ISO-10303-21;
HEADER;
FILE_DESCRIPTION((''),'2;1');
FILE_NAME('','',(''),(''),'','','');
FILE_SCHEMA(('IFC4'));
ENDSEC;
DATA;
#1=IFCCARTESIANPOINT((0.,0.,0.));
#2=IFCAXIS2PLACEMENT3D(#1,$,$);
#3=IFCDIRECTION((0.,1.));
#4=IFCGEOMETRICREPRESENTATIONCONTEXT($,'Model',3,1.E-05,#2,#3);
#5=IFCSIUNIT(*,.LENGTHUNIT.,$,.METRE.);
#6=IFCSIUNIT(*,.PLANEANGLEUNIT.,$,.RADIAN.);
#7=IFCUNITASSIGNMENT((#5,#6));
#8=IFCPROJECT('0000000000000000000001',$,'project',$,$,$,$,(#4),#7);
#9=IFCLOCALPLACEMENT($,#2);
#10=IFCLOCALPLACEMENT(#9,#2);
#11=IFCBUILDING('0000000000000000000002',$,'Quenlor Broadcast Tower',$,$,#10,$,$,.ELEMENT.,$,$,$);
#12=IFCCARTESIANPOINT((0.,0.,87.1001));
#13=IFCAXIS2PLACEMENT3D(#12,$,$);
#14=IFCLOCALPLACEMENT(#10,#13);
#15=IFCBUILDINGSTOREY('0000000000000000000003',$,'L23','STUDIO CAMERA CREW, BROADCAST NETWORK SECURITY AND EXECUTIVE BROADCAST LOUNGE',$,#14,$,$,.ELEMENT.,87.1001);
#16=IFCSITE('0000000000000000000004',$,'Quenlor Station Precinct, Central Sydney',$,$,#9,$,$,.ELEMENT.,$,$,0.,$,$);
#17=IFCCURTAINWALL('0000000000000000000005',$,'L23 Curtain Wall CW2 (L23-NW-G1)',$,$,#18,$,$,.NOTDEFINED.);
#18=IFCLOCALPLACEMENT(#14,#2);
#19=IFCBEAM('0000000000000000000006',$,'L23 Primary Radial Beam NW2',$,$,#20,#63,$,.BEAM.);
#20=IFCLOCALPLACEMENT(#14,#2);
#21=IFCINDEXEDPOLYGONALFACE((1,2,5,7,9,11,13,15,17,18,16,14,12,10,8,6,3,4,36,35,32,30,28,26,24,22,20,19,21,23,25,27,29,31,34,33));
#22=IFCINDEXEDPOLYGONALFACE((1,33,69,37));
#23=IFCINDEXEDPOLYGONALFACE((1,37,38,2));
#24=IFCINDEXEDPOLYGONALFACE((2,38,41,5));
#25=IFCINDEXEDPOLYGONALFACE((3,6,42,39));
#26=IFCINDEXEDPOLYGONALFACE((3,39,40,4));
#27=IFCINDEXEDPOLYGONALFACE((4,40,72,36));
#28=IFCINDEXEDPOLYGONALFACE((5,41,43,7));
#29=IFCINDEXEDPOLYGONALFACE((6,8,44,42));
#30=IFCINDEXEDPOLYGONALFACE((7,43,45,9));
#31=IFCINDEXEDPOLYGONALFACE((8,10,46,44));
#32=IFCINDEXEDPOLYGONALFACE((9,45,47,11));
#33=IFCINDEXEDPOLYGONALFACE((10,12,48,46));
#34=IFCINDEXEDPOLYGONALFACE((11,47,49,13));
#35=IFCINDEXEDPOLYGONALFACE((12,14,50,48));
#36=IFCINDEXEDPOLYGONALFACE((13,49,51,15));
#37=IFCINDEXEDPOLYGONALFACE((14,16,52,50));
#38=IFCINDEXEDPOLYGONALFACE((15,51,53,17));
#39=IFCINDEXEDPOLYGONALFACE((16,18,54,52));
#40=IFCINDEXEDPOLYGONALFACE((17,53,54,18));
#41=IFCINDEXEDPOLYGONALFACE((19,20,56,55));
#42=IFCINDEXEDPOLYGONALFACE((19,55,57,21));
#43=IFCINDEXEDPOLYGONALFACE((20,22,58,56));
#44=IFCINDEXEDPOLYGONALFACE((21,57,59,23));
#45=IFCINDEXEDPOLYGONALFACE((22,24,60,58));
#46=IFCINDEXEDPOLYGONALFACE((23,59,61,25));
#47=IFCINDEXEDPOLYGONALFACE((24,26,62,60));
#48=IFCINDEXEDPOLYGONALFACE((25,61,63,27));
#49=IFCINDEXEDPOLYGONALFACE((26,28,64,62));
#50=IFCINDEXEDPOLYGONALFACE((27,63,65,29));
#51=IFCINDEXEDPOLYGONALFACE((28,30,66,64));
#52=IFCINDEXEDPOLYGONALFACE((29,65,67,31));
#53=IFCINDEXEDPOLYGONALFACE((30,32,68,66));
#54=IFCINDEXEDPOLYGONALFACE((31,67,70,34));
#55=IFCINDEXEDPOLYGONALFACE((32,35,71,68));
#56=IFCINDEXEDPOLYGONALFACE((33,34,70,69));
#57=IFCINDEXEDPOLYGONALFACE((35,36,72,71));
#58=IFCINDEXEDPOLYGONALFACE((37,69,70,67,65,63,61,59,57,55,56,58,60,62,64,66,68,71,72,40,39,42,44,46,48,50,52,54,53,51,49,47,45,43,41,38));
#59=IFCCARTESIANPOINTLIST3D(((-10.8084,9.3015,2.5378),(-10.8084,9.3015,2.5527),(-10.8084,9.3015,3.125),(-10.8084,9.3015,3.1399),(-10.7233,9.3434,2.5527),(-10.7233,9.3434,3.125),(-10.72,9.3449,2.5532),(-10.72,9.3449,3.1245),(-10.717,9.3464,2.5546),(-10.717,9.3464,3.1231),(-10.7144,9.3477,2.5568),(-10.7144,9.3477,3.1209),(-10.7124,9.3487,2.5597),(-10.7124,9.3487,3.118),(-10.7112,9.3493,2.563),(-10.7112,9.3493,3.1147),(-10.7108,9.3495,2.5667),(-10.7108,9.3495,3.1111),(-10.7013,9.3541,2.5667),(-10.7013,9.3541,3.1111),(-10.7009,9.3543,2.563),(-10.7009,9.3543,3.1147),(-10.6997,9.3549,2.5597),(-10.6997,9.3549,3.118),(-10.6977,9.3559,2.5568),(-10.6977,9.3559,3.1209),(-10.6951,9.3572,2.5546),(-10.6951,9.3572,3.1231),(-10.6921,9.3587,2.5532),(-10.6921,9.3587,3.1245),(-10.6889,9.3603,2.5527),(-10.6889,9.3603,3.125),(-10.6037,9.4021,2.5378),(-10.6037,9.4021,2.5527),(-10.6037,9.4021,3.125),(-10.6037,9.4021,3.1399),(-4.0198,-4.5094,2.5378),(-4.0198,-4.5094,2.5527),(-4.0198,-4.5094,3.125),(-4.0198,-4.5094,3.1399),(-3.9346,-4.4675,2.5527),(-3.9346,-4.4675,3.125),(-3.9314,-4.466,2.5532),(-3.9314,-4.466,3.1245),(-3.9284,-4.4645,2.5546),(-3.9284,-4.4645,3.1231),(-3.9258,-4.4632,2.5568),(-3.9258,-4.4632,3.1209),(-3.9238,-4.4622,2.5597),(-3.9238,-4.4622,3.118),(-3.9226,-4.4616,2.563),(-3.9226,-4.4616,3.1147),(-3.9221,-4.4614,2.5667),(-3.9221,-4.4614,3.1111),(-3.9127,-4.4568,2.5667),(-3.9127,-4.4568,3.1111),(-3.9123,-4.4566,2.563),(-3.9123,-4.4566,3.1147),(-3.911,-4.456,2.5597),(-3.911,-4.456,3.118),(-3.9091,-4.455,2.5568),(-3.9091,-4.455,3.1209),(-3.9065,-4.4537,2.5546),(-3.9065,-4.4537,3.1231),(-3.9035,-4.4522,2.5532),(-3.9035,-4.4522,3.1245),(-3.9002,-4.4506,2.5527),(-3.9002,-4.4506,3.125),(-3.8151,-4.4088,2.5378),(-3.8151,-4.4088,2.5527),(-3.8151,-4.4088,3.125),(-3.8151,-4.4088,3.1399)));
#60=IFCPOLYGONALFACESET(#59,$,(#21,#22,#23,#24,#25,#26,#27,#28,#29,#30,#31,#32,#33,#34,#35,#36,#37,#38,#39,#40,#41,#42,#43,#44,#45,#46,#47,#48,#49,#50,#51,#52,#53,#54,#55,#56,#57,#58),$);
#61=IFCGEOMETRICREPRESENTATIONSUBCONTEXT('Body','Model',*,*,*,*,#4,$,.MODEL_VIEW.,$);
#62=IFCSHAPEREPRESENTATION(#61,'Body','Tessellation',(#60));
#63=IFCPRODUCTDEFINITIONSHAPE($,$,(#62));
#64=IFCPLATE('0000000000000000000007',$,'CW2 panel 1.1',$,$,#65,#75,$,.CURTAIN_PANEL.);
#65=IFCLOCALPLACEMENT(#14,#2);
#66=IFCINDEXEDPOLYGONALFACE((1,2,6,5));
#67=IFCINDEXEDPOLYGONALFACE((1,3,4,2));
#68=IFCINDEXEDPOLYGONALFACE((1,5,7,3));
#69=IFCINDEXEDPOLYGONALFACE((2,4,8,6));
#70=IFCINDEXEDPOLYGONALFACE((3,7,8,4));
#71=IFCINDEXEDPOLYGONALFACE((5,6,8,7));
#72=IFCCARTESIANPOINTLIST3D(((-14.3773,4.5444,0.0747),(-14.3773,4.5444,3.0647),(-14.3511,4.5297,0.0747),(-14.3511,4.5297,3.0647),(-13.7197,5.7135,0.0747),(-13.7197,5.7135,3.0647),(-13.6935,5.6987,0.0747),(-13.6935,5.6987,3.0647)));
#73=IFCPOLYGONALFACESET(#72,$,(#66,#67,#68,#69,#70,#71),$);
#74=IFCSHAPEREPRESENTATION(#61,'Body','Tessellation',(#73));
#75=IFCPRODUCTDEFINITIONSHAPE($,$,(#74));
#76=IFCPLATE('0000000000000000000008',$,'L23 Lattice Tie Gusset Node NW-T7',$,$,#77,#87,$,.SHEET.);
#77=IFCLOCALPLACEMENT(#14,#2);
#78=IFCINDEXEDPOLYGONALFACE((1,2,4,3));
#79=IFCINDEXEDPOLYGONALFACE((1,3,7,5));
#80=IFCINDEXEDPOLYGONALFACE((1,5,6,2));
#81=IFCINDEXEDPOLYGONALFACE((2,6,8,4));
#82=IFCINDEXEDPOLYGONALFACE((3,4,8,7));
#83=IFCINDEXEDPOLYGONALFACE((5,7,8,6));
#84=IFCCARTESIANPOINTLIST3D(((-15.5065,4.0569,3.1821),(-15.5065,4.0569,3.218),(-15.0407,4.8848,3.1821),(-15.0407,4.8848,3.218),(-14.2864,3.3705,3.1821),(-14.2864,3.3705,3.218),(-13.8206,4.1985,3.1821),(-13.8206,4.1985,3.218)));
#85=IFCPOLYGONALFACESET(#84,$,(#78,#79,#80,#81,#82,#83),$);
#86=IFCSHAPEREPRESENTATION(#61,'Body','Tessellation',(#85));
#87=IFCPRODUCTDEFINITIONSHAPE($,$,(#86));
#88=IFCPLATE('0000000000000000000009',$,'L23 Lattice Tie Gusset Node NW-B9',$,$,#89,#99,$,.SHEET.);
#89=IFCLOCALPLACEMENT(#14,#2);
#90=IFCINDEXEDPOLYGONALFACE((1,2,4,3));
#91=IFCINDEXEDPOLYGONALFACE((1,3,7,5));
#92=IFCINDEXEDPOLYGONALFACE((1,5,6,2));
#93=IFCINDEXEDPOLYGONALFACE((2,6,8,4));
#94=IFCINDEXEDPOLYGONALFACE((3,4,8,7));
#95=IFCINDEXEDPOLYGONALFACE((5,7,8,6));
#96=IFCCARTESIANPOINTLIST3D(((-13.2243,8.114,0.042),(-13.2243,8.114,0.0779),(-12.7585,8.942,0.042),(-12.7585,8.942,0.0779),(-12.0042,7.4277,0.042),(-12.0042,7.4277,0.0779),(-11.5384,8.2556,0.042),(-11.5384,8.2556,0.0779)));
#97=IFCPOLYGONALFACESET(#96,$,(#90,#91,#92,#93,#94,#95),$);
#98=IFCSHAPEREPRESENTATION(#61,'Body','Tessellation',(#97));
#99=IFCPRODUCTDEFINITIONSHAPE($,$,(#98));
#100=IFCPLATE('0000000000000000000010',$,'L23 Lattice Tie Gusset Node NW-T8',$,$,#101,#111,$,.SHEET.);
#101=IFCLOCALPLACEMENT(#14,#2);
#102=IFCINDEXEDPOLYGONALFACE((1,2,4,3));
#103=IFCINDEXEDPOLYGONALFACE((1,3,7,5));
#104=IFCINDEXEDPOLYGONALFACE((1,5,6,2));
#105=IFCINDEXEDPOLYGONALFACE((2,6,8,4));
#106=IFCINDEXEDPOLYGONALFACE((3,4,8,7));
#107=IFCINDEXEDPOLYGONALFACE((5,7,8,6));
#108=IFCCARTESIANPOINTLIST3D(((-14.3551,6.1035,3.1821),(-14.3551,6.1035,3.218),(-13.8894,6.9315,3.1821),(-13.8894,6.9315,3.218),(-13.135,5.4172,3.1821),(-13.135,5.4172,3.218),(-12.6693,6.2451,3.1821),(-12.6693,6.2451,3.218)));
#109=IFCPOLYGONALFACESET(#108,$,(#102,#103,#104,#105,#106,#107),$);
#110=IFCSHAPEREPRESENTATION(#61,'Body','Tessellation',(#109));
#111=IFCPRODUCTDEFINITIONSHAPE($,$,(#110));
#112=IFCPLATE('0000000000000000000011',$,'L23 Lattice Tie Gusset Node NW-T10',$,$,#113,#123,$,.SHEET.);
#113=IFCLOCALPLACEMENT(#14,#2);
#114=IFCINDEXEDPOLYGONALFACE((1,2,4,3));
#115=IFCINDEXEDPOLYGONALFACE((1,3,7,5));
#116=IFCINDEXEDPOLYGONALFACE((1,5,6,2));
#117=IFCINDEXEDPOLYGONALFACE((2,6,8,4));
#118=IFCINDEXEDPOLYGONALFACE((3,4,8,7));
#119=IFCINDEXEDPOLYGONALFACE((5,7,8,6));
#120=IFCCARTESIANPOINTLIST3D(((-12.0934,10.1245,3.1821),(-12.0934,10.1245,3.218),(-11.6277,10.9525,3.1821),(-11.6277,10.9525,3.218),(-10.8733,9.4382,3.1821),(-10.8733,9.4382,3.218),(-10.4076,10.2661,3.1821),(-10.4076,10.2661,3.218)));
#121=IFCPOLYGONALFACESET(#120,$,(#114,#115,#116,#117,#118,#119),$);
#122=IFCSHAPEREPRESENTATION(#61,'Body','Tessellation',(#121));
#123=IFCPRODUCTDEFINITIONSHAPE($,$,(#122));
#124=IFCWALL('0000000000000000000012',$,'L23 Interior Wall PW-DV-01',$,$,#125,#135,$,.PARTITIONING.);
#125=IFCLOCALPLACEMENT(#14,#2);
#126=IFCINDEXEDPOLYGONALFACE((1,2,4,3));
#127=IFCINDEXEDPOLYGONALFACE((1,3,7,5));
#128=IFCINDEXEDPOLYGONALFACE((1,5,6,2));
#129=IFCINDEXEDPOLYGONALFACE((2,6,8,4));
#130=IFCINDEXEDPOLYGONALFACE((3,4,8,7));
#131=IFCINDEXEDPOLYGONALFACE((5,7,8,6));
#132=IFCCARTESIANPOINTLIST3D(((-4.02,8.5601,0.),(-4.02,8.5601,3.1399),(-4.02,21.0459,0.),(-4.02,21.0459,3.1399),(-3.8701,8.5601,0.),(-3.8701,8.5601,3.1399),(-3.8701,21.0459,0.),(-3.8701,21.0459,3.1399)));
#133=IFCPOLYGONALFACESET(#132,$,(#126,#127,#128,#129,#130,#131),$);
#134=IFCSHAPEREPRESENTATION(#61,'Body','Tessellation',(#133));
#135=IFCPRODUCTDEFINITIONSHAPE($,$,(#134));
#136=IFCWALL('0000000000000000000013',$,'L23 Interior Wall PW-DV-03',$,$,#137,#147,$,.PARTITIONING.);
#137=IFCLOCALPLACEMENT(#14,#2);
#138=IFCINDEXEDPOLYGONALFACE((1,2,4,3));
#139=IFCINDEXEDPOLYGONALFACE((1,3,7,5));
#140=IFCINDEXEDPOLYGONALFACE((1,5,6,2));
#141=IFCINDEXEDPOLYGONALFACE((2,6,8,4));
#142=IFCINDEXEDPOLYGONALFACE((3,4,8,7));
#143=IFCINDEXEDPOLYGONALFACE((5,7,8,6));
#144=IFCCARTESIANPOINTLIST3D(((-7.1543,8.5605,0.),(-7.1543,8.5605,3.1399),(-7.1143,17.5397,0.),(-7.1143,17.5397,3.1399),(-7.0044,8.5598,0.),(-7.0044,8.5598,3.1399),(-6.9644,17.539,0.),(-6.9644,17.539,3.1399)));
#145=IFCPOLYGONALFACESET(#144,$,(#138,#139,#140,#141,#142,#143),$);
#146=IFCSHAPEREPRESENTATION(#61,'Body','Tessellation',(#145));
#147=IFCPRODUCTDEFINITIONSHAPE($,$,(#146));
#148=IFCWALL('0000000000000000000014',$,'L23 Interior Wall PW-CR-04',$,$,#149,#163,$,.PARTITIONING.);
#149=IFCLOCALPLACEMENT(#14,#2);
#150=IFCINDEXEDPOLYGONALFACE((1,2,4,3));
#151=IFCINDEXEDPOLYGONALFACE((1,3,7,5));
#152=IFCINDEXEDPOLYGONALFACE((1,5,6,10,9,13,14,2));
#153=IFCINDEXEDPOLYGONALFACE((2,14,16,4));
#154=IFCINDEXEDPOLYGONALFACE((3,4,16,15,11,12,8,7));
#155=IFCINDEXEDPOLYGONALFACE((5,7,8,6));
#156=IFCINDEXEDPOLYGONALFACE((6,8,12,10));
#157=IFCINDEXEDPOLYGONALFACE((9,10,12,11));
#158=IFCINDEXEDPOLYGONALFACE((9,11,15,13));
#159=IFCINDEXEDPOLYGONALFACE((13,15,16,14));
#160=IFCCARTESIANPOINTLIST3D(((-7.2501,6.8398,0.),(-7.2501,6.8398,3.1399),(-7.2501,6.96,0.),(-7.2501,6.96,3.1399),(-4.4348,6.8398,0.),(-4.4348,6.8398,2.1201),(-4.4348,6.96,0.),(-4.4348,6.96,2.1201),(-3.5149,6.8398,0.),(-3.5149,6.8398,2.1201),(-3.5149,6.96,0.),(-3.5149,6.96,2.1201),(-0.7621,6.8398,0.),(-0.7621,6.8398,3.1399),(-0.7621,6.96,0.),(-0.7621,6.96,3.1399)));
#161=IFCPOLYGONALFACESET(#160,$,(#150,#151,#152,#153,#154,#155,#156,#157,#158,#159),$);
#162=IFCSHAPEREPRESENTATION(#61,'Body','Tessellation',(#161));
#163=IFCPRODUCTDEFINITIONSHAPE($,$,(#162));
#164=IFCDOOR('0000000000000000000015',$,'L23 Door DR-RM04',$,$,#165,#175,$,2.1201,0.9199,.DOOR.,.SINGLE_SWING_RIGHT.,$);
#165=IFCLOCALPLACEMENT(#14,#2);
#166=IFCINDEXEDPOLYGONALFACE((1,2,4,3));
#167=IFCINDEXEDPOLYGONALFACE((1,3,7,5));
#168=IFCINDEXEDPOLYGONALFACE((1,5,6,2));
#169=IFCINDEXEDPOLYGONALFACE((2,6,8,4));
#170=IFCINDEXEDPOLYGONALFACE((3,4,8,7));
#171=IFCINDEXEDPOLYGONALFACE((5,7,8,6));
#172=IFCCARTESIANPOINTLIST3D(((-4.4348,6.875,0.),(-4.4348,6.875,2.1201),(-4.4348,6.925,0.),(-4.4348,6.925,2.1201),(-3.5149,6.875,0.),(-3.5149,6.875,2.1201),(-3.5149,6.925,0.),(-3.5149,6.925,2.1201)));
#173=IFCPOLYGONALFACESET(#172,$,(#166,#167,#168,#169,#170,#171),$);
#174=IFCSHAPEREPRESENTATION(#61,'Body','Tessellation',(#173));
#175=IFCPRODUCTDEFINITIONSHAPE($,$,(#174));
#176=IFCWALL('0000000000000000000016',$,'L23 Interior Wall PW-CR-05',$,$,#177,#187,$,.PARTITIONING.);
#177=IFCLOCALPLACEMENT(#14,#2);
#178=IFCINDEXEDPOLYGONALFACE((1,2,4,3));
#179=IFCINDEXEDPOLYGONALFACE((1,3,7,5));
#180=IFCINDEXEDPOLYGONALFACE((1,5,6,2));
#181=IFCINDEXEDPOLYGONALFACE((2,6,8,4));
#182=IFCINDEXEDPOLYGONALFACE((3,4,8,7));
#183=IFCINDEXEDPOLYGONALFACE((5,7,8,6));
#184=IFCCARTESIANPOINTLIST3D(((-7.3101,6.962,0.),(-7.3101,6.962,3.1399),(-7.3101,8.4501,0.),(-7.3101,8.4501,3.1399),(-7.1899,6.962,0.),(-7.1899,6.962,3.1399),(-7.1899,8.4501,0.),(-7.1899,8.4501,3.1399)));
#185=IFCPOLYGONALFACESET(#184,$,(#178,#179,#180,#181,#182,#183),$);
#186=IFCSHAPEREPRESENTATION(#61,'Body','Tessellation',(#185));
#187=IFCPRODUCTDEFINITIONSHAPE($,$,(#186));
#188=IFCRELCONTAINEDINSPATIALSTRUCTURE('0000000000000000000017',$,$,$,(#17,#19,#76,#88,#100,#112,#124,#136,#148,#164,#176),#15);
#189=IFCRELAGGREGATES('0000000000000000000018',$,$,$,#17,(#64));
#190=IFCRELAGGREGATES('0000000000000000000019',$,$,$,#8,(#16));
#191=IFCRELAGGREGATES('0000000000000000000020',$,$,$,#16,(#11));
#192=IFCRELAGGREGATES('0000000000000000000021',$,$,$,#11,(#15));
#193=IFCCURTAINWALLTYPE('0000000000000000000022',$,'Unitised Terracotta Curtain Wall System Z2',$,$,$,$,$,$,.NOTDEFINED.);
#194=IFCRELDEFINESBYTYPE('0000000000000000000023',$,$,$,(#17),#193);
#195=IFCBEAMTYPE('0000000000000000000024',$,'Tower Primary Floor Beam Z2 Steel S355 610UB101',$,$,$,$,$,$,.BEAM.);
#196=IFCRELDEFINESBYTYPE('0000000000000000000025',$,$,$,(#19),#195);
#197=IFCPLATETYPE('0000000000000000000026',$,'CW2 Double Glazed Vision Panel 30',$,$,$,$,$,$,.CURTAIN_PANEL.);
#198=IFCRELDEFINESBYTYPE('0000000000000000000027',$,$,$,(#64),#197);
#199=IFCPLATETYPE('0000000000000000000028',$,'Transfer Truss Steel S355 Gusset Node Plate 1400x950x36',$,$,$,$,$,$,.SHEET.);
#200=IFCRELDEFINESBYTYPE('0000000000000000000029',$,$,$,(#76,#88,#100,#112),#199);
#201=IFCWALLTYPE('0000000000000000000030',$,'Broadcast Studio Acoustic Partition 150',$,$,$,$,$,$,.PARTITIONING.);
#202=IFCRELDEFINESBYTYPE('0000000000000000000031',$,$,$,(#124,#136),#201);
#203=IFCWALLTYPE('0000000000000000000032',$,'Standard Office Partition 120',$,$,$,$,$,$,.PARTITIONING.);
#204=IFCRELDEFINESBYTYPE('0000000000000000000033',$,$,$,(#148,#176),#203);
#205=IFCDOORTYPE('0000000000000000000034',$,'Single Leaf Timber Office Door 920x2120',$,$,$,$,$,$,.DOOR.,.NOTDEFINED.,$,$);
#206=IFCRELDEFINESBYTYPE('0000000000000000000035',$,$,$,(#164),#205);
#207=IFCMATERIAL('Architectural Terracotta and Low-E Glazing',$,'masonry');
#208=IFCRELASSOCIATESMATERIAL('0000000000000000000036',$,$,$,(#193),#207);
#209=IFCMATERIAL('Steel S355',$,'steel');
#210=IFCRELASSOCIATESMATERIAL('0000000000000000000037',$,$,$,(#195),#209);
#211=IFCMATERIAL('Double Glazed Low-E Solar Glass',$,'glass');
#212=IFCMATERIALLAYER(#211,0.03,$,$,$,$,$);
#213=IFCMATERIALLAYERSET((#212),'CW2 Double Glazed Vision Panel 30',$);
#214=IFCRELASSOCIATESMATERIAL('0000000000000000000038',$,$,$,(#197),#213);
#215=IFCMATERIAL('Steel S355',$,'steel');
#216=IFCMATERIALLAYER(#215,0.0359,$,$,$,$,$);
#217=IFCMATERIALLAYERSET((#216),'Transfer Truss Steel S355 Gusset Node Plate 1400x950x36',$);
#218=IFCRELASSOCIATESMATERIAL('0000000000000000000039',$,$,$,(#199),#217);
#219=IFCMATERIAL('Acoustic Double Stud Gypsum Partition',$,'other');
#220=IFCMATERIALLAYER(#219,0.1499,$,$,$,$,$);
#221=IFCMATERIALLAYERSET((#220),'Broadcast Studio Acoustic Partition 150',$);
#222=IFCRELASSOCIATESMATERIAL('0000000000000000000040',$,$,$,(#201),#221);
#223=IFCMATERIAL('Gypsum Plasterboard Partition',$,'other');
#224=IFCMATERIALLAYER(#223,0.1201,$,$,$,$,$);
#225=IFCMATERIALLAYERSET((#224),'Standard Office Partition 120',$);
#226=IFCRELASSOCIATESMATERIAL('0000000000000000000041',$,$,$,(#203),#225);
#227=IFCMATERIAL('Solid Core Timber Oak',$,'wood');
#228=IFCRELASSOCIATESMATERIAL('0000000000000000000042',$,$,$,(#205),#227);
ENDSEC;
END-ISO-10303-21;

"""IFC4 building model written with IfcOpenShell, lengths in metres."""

from ifc_helpers import new_model, si_unit, direction, frame, frame_2d, origin, origin_2d, place, context, subcontext, project, spatial, rectangle, i_section, extrude, material, layer, layer_set, material_profile, profile_set, type_object, element, fill, aggregate, save


model = new_model("IFC4")

# Units and contexts
model_context = context("Model", 3, precision=1e-05, world=origin(), true_north=direction((0.0, 1.0)))
body_context = subcontext(model_context, "Body", "Model", "MODEL_VIEW")
ifc_project = project(units=[si_unit("LENGTHUNIT", "METRE"), si_unit("PLANEANGLEUNIT", "RADIAN")], contexts=[model_context])

# Site, building, storey
site_placement = place(None, origin())
site = spatial("IfcSite", under=ifc_project, at=site_placement, Name="Quenlor Station Precinct, Central Sydney", CompositionType="ELEMENT", RefElevation=0.0)
building_placement = place(site_placement, origin())
building = spatial("IfcBuilding", under=site, at=building_placement, Name="Quenlor Broadcast Tower", CompositionType="ELEMENT")
storey_placement = place(building_placement, frame((0.0, 0.0, 87.1001)))
storey = spatial("IfcBuildingStorey", under=building, at=storey_placement, Name="L23", Description="STUDIO CAMERA CREW, BROADCAST NETWORK SECURITY AND EXECUTIVE BROADCAST LOUNGE", CompositionType="ELEMENT", Elevation=87.1001)

# Shared definitions
ifc_material_1 = material(Name="Architectural Terracotta and Low-E Glazing", Category="masonry")
curtain_wall_type = type_object("IfcCurtainWallType", Name="Unitised Terracotta Curtain Wall System Z2", PredefinedType="NOTDEFINED", material=ifc_material_1)

# Curtain wall
curtain_wall_1_placement = place(storey_placement, origin())
curtain_wall_1 = element("IfcCurtainWall", 1, at=curtain_wall_1_placement, inside=storey, type_object=curtain_wall_type, Name="L23 Curtain Wall CW2 (L23-NW-G1)", PredefinedType="NOTDEFINED")

# Beam
ifc_material_2 = material(Name="Steel S355", Category="steel")
ifc_material_profile_1 = material_profile(ifc_material_2, i_section(OverallWidth=0.228, OverallDepth=0.6021, WebThickness=0.0105, FlangeThickness=0.0149, FilletRadius=0.0139, at=origin_2d()))
ifc_profile_set_1 = profile_set([ifc_material_profile_1], Name="Steel S355 610UB101")
beam_type_1 = type_object("IfcBeamType", Name="Tower Primary Floor Beam Z2 Steel S355 610UB101", PredefinedType="BEAM", material=ifc_profile_set_1)
beam_1_placement = place(storey_placement, frame((-10.7061, 9.3518, 2.8389), z_axis=(0.44113, -0.897443, 0.0), x_axis=(0.897443, 0.44113, 0.0)))
element("IfcBeam", 2, at=beam_1_placement, inside=storey, type_object=beam_type_1, Name="L23 Primary Radial Beam NW2", PredefinedType="BEAM", context=body_context, shape_type="SweptSolid", body=[
    extrude(i_section(OverallWidth=0.228, OverallDepth=0.6021, WebThickness=0.0105, FlangeThickness=0.0149, FilletRadius=0.0139, at=origin_2d()), origin(), (0.0, 0.0, 1.0), 15.3892),
])

# Plate
ifc_material_3 = material(Name="Double Glazed Low-E Solar Glass", Category="glass")
ifc_layer_1 = layer(ifc_material_3, 0.03)
ifc_layer_set_1 = layer_set([ifc_layer_1], Name="CW2 Double Glazed Vision Panel 30")
plate_type_1 = type_object("IfcPlateType", Name="CW2 Double Glazed Vision Panel 30", PredefinedType="CURTAIN_PANEL", material=ifc_layer_set_1)
plate_placement = place(storey_placement, frame((-14.0354, 5.1216, 0.0747), z_axis=(0.0, 0.0, 1.0), x_axis=(0.490293, 0.871558, 0.0)))
plate = element("IfcPlate", 3, at=plate_placement, type_object=plate_type_1, Name="CW2 panel 1.1", PredefinedType="CURTAIN_PANEL", context=body_context, shape_type="SweptSolid", body=[
    extrude(rectangle(XDim=1.3413, YDim=0.03, at=origin_2d()), origin(), (0.0, 0.0, 1.0), 2.99),
])
aggregate(curtain_wall_1, [plate])

# Plates
ifc_material_4 = material(Name="Steel S355", Category="steel")
ifc_layer_2 = layer(ifc_material_4, 0.0359)
ifc_layer_set_2 = layer_set([ifc_layer_2], Name="Transfer Truss Steel S355 Gusset Node Plate 1400x950x36")
plate_type_2 = type_object("IfcPlateType", Name="Transfer Truss Steel S355 Gusset Node Plate 1400x950x36", PredefinedType="SHEET", material=ifc_layer_set_2)
for number, where, z_axis, x_axis, name in (
    (4, (-14.6636, 4.1277, 3.1821), (0.0, 0.0, 1.0), (-0.871556, 0.490295, 0.0), "L23 Lattice Tie Gusset Node NW-T7"),
    (5, (-12.3813, 8.1848, 0.042), (0.0, 0.0, 1.0), (-0.871556, 0.490295, 0.0), "L23 Lattice Tie Gusset Node NW-B9"),
    (6, (-13.5122, 6.1743, 3.1821), (0.0, 0.0, 1.0), (-0.871556, 0.490295, 0.0), "L23 Lattice Tie Gusset Node NW-T8"),
    (7, (-11.2505, 10.1953, 3.1821), (0.0, 0.0, 1.0), (-0.871556, 0.490295, 0.0), "L23 Lattice Tie Gusset Node NW-T10"),
):
    element("IfcPlate", number, at=place(storey_placement, frame(where, z_axis=z_axis, x_axis=x_axis)), inside=storey, type_object=plate_type_2, Name=name, PredefinedType="SHEET", context=body_context, shape_type="SweptSolid", body=[
        extrude(rectangle(XDim=1.3999, YDim=0.95, at=origin_2d()), origin(), (0.0, 0.0, 1.0), 0.0359),
    ])

# Walls
ifc_material_5 = material(Name="Acoustic Double Stud Gypsum Partition", Category="other")
ifc_layer_3 = layer(ifc_material_5, 0.1499)
ifc_layer_set_3 = layer_set([ifc_layer_3], Name="Broadcast Studio Acoustic Partition 150")
wall_type_1 = type_object("IfcWallType", Name="Broadcast Studio Acoustic Partition 150", PredefinedType="PARTITIONING", material=ifc_layer_set_3)
wall_1_placement = place(storey_placement, frame((-3.9451, 8.5601, 0.0), z_axis=(0.0, 0.0, 1.0), x_axis=(0.0, 1.0, 0.0)))
element("IfcWall", 8, at=wall_1_placement, inside=storey, type_object=wall_type_1, Name="L23 Interior Wall PW-DV-01", PredefinedType="PARTITIONING", context=body_context, shape_type="SweptSolid", body=[
    extrude(rectangle(XDim=12.4858, YDim=0.1499, at=frame_2d((6.2429, 0.0))), origin(), (0.0, 0.0, 1.0), 3.1399),
])
wall_2_placement = place(storey_placement, frame((-7.0793, 8.5601, 0.0), z_axis=(0.0, 0.0, 1.0), x_axis=(0.004459, 0.99999, 0.0)))
element("IfcWall", 9, at=wall_2_placement, inside=storey, type_object=wall_type_1, Name="L23 Interior Wall PW-DV-03", PredefinedType="PARTITIONING", context=body_context, shape_type="SweptSolid", body=[
    extrude(rectangle(XDim=8.9792, YDim=0.1499, at=frame_2d((4.4897, 0.0))), origin(), (0.0, 0.0, 1.0), 3.1399),
])

# Wall, opening, door
ifc_material_6 = material(Name="Gypsum Plasterboard Partition", Category="other")
ifc_layer_4 = layer(ifc_material_6, 0.1201)
ifc_layer_set_4 = layer_set([ifc_layer_4], Name="Standard Office Partition 120")
wall_type_2 = type_object("IfcWallType", Name="Standard Office Partition 120", PredefinedType="PARTITIONING", material=ifc_layer_set_4)
wall_3_placement = place(storey_placement, frame((-0.762, 6.8999, 0.0), z_axis=(0.0, 0.0, 1.0), x_axis=(-1.0, 0.0, 0.0)))
wall_3 = element("IfcWall", 10, at=wall_3_placement, inside=storey, type_object=wall_type_2, Name="L23 Interior Wall PW-CR-04", PredefinedType="PARTITIONING", context=body_context, shape_type="SweptSolid", body=[
    extrude(rectangle(XDim=6.488, YDim=0.1201, at=frame_2d((3.2441, 0.0))), origin(), (0.0, 0.0, 1.0), 3.1399),
])
opening_1_placement = place(wall_3_placement, frame((2.7529, 0.0, 0.0)))
opening_1 = element("IfcOpeningElement", 11, at=opening_1_placement, cuts=wall_3, PredefinedType="OPENING", context=body_context, shape_type="SweptSolid", body=[
    extrude(rectangle(XDim=0.9199, YDim=2.1201, at=frame_2d((0.46, 1.0601))), frame((0.0, 0.0701, 0.0), z_axis=(0.0, -1.0, 0.0), x_axis=(1.0, 0.0, 0.0)), (0.0, 0.0, 1.0), 0.1401),
])
ifc_material_7 = material(Name="Solid Core Timber Oak", Category="wood")
door_type = type_object("IfcDoorType", Name="Single Leaf Timber Office Door 920x2120", OperationType="NOTDEFINED", PredefinedType="DOOR", material=ifc_material_7)
door_1_placement = place(opening_1_placement, origin())
door_1 = element("IfcDoor", 12, at=door_1_placement, inside=storey, type_object=door_type, Name="L23 Door DR-RM04", OperationType="SINGLE_SWING_RIGHT", OverallHeight=2.1201, OverallWidth=0.9199, PredefinedType="DOOR", context=body_context, shape_type="SweptSolid", body=[
    extrude(rectangle(XDim=0.9199, YDim=2.1201, at=frame_2d((0.46, 1.0601))), frame((0.0, 0.0249, 0.0), z_axis=(0.0, -1.0, 0.0), x_axis=(1.0, 0.0, 0.0)), (0.0, 0.0, 1.0), 0.05),
])
fill(opening_1, door_1)

# Wall
wall_4_placement = place(storey_placement, frame((-7.25, 6.9619, 0.0), z_axis=(0.0, 0.0, 1.0), x_axis=(0.0, 1.0, 0.0)))
element("IfcWall", 13, at=wall_4_placement, inside=storey, type_object=wall_type_2, Name="L23 Interior Wall PW-CR-05", PredefinedType="PARTITIONING", context=body_context, shape_type="SweptSolid", body=[
    extrude(rectangle(XDim=1.488, YDim=0.1201, at=frame_2d((0.7441, 0.0))), origin(), (0.0, 0.0, 1.0), 3.1399),
])

save(model, "model.ifc")
